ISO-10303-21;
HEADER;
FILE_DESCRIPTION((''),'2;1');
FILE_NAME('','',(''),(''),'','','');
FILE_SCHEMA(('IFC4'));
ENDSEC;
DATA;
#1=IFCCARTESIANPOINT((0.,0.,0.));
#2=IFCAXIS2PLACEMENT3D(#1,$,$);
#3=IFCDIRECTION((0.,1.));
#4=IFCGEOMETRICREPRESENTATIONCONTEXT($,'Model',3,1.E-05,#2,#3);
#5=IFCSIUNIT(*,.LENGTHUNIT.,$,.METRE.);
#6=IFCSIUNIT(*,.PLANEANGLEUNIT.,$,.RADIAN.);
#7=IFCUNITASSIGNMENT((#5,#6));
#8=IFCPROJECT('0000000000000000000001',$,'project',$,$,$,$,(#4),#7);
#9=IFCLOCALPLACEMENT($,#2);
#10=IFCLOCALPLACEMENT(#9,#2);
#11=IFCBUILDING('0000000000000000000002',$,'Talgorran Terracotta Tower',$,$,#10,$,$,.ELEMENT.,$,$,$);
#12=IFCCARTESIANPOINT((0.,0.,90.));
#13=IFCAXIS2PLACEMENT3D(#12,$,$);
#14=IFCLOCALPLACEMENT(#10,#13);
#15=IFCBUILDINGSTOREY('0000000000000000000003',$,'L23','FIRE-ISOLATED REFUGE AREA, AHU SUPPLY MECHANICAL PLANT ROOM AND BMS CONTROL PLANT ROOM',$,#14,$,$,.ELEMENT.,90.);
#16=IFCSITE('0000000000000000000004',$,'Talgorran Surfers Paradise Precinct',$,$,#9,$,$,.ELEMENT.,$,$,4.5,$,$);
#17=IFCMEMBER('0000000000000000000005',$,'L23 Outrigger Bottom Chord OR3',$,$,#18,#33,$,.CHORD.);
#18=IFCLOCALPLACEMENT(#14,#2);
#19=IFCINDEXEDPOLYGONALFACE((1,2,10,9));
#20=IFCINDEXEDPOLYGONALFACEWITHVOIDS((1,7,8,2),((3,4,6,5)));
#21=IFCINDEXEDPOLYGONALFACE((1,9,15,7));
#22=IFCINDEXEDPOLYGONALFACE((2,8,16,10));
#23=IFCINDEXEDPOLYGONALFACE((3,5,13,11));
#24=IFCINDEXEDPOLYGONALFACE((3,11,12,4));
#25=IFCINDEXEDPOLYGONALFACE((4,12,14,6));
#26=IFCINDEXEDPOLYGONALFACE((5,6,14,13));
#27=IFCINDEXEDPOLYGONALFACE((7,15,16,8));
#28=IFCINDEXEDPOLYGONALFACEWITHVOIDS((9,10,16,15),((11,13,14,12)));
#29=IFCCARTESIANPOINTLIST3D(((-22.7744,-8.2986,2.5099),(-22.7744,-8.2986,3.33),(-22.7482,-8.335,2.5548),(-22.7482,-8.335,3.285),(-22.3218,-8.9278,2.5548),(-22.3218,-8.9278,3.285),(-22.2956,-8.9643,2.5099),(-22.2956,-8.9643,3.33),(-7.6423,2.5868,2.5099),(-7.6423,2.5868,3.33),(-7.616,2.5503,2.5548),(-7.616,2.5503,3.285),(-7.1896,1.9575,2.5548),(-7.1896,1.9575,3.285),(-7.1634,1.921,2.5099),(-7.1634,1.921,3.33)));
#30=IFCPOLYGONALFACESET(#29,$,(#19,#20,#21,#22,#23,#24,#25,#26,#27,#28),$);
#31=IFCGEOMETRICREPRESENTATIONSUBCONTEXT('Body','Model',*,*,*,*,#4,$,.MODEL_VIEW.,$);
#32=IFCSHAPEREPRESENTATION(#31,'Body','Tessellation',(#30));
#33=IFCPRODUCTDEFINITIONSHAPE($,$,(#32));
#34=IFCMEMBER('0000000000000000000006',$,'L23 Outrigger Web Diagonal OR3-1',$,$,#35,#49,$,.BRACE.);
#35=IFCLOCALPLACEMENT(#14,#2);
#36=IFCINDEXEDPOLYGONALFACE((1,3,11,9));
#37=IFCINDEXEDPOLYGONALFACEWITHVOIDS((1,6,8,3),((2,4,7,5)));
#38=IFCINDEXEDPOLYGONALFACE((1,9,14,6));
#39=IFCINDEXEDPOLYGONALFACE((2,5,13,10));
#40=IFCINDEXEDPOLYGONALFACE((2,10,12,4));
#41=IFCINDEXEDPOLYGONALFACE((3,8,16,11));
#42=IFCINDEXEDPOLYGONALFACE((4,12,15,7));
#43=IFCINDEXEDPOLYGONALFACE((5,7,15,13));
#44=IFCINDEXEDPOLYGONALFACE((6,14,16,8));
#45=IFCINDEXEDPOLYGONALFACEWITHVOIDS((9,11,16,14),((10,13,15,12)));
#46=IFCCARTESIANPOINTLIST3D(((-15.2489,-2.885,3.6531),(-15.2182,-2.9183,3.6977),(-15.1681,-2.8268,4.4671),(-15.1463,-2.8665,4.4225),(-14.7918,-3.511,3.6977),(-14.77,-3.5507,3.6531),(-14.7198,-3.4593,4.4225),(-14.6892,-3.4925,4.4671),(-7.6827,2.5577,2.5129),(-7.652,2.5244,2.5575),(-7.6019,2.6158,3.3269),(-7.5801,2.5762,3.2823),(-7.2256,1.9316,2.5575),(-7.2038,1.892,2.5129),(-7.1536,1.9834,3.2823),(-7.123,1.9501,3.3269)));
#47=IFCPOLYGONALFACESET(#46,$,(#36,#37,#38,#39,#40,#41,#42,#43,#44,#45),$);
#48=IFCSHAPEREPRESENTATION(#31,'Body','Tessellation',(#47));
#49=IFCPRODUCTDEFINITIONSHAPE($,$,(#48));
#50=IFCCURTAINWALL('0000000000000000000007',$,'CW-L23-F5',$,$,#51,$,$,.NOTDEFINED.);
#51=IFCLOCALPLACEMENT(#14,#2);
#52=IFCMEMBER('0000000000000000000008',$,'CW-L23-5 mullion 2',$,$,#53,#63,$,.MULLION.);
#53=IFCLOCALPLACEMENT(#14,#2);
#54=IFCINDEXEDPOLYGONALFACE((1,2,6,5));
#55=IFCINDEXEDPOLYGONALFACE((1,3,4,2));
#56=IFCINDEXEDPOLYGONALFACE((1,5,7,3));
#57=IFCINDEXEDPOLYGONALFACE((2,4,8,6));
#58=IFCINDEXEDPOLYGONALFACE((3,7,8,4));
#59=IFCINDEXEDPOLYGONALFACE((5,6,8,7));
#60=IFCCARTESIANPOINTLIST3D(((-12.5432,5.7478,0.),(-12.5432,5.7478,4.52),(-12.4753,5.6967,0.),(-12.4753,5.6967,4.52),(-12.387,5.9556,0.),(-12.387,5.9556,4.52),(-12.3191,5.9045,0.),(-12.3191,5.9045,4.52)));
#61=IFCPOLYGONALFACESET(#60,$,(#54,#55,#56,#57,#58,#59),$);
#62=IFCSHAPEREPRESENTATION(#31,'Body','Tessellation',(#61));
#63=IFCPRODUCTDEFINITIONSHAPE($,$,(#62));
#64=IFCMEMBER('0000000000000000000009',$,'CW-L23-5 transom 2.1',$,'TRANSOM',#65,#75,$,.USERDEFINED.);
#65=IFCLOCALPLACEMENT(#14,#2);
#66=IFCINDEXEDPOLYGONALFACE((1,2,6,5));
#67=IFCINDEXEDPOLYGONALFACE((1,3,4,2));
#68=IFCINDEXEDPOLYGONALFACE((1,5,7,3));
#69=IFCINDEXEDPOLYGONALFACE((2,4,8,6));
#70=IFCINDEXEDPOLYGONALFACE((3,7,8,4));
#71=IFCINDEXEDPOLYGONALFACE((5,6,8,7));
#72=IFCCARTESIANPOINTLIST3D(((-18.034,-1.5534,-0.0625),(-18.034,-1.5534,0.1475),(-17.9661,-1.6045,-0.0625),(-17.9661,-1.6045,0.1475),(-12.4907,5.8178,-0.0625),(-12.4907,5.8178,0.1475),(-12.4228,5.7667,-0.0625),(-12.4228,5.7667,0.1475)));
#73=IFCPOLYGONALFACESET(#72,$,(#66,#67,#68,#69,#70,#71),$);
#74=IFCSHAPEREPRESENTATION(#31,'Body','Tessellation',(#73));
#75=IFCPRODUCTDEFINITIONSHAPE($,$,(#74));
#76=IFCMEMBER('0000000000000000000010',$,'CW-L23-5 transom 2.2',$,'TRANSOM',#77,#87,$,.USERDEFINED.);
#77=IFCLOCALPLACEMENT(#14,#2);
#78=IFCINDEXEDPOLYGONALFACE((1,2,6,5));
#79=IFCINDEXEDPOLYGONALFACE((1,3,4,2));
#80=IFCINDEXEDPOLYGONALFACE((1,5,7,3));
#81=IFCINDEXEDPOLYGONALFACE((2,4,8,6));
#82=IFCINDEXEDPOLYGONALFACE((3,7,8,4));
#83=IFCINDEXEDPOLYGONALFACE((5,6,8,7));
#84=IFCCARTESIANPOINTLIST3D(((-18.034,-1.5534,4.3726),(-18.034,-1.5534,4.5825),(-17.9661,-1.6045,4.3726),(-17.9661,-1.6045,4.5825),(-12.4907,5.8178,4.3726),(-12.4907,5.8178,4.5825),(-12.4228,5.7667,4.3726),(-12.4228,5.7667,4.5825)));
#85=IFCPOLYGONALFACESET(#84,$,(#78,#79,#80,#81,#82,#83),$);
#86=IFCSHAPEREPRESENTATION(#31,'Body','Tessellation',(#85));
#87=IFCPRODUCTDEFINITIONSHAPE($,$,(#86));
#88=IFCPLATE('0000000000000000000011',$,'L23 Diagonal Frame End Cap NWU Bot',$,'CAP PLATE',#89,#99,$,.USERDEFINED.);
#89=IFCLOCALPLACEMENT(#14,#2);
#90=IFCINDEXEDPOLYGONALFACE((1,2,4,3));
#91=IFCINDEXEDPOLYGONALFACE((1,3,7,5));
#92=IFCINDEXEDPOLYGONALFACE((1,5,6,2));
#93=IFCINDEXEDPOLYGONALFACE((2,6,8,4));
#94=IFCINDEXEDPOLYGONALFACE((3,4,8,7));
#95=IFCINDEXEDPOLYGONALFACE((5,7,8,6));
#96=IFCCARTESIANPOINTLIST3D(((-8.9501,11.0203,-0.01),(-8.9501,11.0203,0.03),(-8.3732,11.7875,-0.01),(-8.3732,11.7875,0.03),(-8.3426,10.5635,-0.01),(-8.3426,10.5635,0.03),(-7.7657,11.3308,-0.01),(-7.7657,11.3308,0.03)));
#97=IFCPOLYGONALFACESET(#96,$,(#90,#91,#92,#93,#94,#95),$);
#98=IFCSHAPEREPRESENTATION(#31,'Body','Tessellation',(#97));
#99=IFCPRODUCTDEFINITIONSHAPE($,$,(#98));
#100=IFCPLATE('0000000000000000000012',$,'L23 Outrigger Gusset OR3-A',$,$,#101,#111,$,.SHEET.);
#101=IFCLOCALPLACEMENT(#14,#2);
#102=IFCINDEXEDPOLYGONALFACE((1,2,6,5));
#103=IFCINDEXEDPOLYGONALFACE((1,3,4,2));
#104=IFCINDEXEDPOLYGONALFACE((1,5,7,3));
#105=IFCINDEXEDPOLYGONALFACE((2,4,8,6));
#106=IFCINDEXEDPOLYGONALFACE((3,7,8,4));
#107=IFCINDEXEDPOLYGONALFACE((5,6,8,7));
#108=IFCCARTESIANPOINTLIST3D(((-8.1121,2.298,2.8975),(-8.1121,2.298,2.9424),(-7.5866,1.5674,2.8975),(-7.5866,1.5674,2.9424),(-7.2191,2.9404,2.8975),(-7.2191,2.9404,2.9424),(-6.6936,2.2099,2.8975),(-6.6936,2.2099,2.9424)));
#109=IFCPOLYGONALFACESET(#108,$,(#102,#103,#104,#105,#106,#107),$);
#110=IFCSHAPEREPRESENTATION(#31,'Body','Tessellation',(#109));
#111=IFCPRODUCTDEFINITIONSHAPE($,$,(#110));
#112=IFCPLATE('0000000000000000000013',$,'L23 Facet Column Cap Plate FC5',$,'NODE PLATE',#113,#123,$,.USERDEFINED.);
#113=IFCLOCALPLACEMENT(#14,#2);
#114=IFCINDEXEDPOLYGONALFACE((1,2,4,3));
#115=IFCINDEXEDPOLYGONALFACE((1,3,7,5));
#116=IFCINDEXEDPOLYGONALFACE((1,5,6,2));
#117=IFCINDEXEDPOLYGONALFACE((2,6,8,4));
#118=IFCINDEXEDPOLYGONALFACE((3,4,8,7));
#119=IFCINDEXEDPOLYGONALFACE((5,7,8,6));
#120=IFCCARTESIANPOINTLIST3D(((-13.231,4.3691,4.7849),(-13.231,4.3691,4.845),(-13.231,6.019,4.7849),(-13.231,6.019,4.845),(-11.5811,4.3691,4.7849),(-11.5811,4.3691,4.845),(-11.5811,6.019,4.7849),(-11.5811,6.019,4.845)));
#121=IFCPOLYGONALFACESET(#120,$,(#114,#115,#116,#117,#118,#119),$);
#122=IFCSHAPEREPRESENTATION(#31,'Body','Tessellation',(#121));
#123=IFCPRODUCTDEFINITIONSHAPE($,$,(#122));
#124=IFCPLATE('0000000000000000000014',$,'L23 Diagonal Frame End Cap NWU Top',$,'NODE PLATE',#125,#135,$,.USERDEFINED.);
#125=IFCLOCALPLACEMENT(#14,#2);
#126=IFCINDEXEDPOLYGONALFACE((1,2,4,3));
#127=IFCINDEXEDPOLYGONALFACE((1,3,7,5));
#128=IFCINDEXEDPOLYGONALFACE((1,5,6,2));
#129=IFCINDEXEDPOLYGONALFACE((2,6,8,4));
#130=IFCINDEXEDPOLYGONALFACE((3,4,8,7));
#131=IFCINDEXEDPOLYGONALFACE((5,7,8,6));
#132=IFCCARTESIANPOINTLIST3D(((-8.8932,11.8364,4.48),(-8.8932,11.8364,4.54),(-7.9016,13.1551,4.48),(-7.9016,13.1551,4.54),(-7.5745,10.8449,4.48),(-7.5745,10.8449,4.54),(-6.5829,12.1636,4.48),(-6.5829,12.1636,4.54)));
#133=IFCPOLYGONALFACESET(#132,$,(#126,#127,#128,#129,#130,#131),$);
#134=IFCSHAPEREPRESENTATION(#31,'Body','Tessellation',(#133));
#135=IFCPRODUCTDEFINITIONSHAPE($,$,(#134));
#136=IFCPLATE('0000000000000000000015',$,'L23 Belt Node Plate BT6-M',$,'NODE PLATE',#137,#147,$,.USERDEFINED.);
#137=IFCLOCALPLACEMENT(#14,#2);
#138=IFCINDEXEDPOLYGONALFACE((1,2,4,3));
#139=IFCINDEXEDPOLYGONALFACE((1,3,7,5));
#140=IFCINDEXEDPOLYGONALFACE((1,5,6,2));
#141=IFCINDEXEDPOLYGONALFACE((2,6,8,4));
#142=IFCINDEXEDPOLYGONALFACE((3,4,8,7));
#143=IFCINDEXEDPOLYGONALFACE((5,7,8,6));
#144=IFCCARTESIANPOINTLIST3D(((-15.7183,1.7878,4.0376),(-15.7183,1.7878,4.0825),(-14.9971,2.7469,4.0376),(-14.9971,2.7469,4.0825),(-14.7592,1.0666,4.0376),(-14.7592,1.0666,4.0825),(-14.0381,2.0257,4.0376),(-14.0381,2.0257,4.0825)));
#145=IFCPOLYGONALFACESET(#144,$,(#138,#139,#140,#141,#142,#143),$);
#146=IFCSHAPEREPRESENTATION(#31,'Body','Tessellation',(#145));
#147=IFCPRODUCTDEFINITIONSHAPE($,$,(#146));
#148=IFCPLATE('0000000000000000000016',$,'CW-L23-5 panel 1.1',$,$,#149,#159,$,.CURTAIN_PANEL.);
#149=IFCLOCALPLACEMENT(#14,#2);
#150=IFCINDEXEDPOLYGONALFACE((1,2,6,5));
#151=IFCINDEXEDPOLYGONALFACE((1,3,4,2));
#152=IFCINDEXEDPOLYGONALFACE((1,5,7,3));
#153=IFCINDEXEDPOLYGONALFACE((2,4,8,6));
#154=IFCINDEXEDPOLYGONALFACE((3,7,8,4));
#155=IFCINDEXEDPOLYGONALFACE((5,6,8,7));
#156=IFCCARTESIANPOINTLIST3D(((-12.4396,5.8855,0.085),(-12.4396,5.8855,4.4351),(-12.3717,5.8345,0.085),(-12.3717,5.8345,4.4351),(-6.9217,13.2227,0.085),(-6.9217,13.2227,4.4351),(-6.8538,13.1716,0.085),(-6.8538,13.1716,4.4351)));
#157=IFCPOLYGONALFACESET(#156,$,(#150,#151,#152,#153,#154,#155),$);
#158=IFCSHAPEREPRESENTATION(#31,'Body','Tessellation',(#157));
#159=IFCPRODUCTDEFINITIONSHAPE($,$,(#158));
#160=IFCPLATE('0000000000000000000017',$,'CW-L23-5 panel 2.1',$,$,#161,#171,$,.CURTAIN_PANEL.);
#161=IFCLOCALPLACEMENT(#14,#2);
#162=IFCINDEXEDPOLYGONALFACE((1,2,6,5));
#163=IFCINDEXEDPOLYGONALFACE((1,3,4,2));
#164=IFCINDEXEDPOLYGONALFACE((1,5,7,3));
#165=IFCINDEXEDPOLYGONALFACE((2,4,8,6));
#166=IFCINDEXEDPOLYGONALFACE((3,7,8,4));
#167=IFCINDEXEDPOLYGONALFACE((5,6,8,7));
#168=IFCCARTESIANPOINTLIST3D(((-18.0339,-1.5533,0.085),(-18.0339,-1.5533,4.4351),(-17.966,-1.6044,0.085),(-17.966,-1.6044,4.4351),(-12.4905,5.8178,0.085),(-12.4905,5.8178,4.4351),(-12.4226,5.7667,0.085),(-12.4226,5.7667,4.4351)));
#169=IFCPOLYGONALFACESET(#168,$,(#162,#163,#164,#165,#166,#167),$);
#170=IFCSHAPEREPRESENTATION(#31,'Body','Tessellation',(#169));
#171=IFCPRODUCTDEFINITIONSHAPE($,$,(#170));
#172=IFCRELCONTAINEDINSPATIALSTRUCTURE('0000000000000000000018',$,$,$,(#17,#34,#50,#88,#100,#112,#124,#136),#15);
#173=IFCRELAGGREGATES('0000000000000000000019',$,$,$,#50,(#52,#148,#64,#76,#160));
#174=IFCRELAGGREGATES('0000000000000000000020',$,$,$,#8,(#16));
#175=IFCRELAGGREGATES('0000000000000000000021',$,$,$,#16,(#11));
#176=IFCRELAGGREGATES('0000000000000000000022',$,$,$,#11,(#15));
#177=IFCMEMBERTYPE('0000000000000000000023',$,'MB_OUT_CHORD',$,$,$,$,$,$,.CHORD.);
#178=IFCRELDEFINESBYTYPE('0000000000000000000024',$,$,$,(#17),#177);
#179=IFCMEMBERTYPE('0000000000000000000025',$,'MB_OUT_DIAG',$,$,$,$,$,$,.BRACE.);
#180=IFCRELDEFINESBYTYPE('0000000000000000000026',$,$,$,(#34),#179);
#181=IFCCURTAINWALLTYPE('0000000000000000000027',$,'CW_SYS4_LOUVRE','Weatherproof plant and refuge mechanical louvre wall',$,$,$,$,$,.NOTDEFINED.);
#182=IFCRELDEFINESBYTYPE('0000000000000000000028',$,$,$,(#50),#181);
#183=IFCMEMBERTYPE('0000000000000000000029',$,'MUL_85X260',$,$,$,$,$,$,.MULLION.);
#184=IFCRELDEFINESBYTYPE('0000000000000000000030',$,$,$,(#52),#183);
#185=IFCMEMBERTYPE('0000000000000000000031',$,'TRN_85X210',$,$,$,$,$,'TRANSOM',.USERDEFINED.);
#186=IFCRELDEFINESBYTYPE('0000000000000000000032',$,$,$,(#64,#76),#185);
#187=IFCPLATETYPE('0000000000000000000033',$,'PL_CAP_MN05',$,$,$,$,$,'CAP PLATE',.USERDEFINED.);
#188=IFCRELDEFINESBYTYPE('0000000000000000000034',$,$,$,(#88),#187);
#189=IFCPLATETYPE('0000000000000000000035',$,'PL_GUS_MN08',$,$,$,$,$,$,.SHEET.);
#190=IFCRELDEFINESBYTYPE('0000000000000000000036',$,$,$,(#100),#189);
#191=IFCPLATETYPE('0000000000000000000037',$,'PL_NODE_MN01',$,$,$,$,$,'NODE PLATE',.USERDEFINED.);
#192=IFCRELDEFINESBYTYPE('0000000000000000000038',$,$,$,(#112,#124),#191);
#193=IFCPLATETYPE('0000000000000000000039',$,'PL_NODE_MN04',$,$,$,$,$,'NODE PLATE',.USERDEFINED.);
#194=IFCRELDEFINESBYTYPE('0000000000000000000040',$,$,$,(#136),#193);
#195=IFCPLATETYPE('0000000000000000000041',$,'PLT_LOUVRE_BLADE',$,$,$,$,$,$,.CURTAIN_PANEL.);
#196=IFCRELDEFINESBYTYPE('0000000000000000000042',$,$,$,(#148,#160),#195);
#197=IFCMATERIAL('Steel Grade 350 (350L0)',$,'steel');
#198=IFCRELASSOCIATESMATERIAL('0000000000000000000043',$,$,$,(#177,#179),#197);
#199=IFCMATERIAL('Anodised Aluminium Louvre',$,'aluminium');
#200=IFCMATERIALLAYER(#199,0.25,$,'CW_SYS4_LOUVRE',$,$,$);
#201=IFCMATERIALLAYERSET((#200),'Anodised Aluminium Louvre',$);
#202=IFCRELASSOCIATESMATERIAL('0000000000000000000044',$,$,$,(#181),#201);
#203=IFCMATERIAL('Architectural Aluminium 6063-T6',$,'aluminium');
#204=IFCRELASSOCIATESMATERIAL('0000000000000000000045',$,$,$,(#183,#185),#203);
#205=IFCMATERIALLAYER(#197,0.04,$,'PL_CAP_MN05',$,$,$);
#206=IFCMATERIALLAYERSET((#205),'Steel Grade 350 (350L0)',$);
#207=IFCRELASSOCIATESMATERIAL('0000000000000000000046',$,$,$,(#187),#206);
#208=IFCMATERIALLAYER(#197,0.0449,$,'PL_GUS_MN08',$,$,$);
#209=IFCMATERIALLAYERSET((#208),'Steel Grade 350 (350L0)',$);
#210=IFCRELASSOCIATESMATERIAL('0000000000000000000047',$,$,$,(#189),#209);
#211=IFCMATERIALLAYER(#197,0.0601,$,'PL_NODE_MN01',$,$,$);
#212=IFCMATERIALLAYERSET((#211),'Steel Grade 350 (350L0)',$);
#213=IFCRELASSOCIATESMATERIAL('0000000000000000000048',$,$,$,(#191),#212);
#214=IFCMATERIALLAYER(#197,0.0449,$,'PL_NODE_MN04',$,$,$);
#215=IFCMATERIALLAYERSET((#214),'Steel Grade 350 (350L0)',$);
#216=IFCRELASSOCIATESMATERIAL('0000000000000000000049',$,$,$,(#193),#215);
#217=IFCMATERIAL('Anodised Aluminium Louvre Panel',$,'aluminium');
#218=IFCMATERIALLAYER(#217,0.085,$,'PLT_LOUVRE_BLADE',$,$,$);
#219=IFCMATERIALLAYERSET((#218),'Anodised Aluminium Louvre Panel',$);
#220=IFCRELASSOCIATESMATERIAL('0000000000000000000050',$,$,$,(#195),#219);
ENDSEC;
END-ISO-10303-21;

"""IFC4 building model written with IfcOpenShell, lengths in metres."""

from ifc_helpers import new_model, si_unit, direction, frame, origin, origin_2d, place, context, subcontext, project, spatial, rectangle, hollow_rectangle, extrude, source, transform, mapped, material, layer, layer_set, material_profile, profile_set, type_object, type_shapes, element, aggregate, save


model = new_model("IFC4")

# Units and contexts
model_context = context("Model", 3, precision=1e-05, world=origin(), true_north=direction((0.0, 1.0)))
body_context = subcontext(model_context, "Body", "Model", "MODEL_VIEW")
ifc_project = project(units=[si_unit("LENGTHUNIT", "METRE"), si_unit("PLANEANGLEUNIT", "RADIAN")], contexts=[model_context])

# Site, building, storey
site_placement = place(None, origin())
site = spatial("IfcSite", under=ifc_project, at=site_placement, Name="Talgorran Surfers Paradise Precinct", CompositionType="ELEMENT", RefElevation=4.5)
building_placement = place(site_placement, origin())
building = spatial("IfcBuilding", under=site, at=building_placement, Name="Talgorran Terracotta Tower", CompositionType="ELEMENT")
storey_placement = place(building_placement, frame((0.0, 0.0, 90.0)))
storey = spatial("IfcBuildingStorey", under=building, at=storey_placement, Name="L23", Description="FIRE-ISOLATED REFUGE AREA, AHU SUPPLY MECHANICAL PLANT ROOM AND BMS CONTROL PLANT ROOM", CompositionType="ELEMENT", Elevation=90.0)

# Shared definitions
ifc_material_1 = material(Name="Steel Grade 350 (350L0)", Category="steel")

# Members
ifc_material_profile_1 = material_profile(ifc_material_1, hollow_rectangle(XDim=0.8201, YDim=0.8201, WallThickness=0.0449, at=origin_2d()), Name="WBOX820X820X45")
ifc_profile_set_1 = profile_set([ifc_material_profile_1], Name="Steel Grade 350 (350L0)")
member_type_1 = type_object("IfcMemberType", Name="MB_OUT_CHORD", PredefinedType="CHORD", material=ifc_profile_set_1)
member_1_placement = place(storey_placement, frame((-7.4028, 2.2539, 2.9199), z_axis=(-0.811785, -0.583957, 0.0), x_axis=(0.583957, -0.811785, 0.0)))
element("IfcMember", 1, at=member_1_placement, inside=storey, type_object=member_type_1, Name="L23 Outrigger Bottom Chord OR3", PredefinedType="CHORD", context=body_context, shape_type="SweptSolid", body=[
    extrude(hollow_rectangle(XDim=0.8201, YDim=0.8201, WallThickness=0.0449, at=origin_2d()), origin(), (0.0, 0.0, 1.0), 18.6406),
])
ifc_material_profile_2 = material_profile(ifc_material_1, hollow_rectangle(XDim=0.8201, YDim=0.8201, WallThickness=0.0449, at=origin_2d()), Name="WBOX820X820X45")
ifc_profile_set_2 = profile_set([ifc_material_profile_2], Name="Steel Grade 350 (350L0)")
member_type_2 = type_object("IfcMemberType", Name="MB_OUT_DIAG", PredefinedType="BRACE", material=ifc_profile_set_2)
member_2_placement = place(storey_placement, frame((-7.4028, 2.2539, 2.9199), z_axis=(-0.805783, -0.57963, 0.121423), x_axis=(0.583951, -0.811789, 0.0)))
element("IfcMember", 2, at=member_2_placement, inside=storey, type_object=member_type_2, Name="L23 Outrigger Web Diagonal OR3-1", PredefinedType="BRACE", context=body_context, shape_type="SweptSolid", body=[
    extrude(hollow_rectangle(XDim=0.8201, YDim=0.8201, WallThickness=0.0449, at=origin_2d()), origin(), (0.0, 0.0, 1.0), 9.3899),
])

# Curtain wall, members
ifc_material_2 = material(Name="Anodised Aluminium Louvre", Category="aluminium")
ifc_layer_1 = layer(ifc_material_2, 0.25, Name="CW_SYS4_LOUVRE")
ifc_layer_set_1 = layer_set([ifc_layer_1], Name="Anodised Aluminium Louvre")
curtain_wall_type = type_object("IfcCurtainWallType", Name="CW_SYS4_LOUVRE", Description="Weatherproof plant and refuge mechanical louvre wall", PredefinedType="NOTDEFINED", material=ifc_layer_set_1)
curtain_wall_placement = place(storey_placement, origin())
curtain_wall = element("IfcCurtainWall", 3, at=curtain_wall_placement, inside=storey, type_object=curtain_wall_type, Name="CW-L23-F5", PredefinedType="NOTDEFINED")
ifc_material_3 = material(Name="Architectural Aluminium 6063-T6", Category="aluminium")
ifc_material_profile_3 = material_profile(ifc_material_3, rectangle(XDim=0.085, YDim=0.26, at=origin_2d()), Name="CWM85X260")
ifc_profile_set_3 = profile_set([ifc_material_profile_3], Name="Architectural Aluminium 6063-T6")
member_type_3 = type_object("IfcMemberType", Name="MUL_85X260", PredefinedType="MULLION", material=ifc_profile_set_3)
member_3_placement = place(storey_placement, frame((-12.4312, 5.8262, 0.0), z_axis=(0.0, 0.0, 1.0), x_axis=(0.799214, -0.601047, 0.0)))
member_3 = element("IfcMember", 4, at=member_3_placement, type_object=member_type_3, Name="CW-L23-5 mullion 2", PredefinedType="MULLION", context=body_context, shape_type="SweptSolid", body=[
    extrude(rectangle(XDim=0.085, YDim=0.26, at=origin_2d()), origin(), (0.0, 0.0, 1.0), 4.52),
])
ifc_material_profile_4 = material_profile(ifc_material_3, rectangle(XDim=0.085, YDim=0.21, at=origin_2d()), Name="CWT85X210")
ifc_profile_set_4 = profile_set([ifc_material_profile_4], Name="Architectural Aluminium 6063-T6")
member_type_4 = type_object("IfcMemberType", Name="TRN_85X210", ElementType="TRANSOM", PredefinedType="USERDEFINED", material=ifc_profile_set_4)
member_4_placement = place(storey_placement, frame((-12.4568, 5.7922, 0.0425), z_axis=(-0.601033, -0.799224, 0.0), x_axis=(0.799224, -0.601033, 0.0)))
member_4 = element("IfcMember", 5, at=member_4_placement, type_object=member_type_4, Name="CW-L23-5 transom 2.1", ObjectType="TRANSOM", PredefinedType="USERDEFINED", context=body_context, shape_type="SweptSolid", body=[
    extrude(rectangle(XDim=0.085, YDim=0.21, at=origin_2d()), origin(), (0.0, 0.0, 1.0), 9.2229),
])
member_5_placement = place(storey_placement, frame((-12.4568, 5.7922, 4.4775), z_axis=(-0.601033, -0.799224, 0.0), x_axis=(0.799224, -0.601033, 0.0)))
member_5 = element("IfcMember", 6, at=member_5_placement, type_object=member_type_4, Name="CW-L23-5 transom 2.2", ObjectType="TRANSOM", PredefinedType="USERDEFINED", context=body_context, shape_type="SweptSolid", body=[
    extrude(rectangle(XDim=0.085, YDim=0.21, at=origin_2d()), origin(), (0.0, 0.0, 1.0), 9.2229),
])

# Plates
ifc_layer_2 = layer(ifc_material_1, 0.04, Name="PL_CAP_MN05")
ifc_layer_set_2 = layer_set([ifc_layer_2], Name="Steel Grade 350 (350L0)")
plate_type_1 = type_object("IfcPlateType", Name="PL_CAP_MN05", ElementType="CAP PLATE", PredefinedType="USERDEFINED", material=ifc_layer_set_2)
plate_1_placement = place(storey_placement, frame((-8.3579, 11.1755, -0.01), z_axis=(0.0, 0.0, 1.0), x_axis=(0.600978, 0.799265, 0.0)))
element("IfcPlate", 7, at=plate_1_placement, inside=storey, type_object=plate_type_1, Name="L23 Diagonal Frame End Cap NWU Bot", ObjectType="CAP PLATE", PredefinedType="USERDEFINED", context=body_context, shape_type="SweptSolid", body=[
    extrude(rectangle(XDim=0.96, YDim=0.76, at=origin_2d()), origin(), (0.0, 0.0, 1.0), 0.04),
])
ifc_layer_3 = layer(ifc_material_1, 0.0449, Name="PL_GUS_MN08")
ifc_layer_set_3 = layer_set([ifc_layer_3], Name="Steel Grade 350 (350L0)")
plate_type_2 = type_object("IfcPlateType", Name="PL_GUS_MN08", PredefinedType="SHEET", material=ifc_layer_set_3)
plate_2_placement = place(storey_placement, frame((-7.4028, 2.2539, 2.8975), z_axis=(0.0, 0.0, 1.0), x_axis=(-0.811778, -0.583966, 0.0)))
element("IfcPlate", 8, at=plate_2_placement, inside=storey, type_object=plate_type_2, Name="L23 Outrigger Gusset OR3-A", PredefinedType="SHEET", context=body_context, shape_type="SweptSolid", body=[
    extrude(rectangle(XDim=1.1001, YDim=0.8999, at=origin_2d()), origin(), (0.0, 0.0, 1.0), 0.0449),
])
ifc_layer_4 = layer(ifc_material_1, 0.0601, Name="PL_NODE_MN01")
ifc_layer_set_4 = layer_set([ifc_layer_4], Name="Steel Grade 350 (350L0)")
plate_type_3 = type_object("IfcPlateType", Name="PL_NODE_MN01", ElementType="NODE PLATE", PredefinedType="USERDEFINED", material=ifc_layer_set_4)
for number, where, z_axis, x_axis, name in (
    (9, (-12.406, 5.1941, 4.7849), (0.0, 0.0, 1.0), (1.0, 0.0, 0.0), "L23 Facet Column Cap Plate FC5"),
    (10, (-7.738, 12.0, 4.48), (0.0, 0.0, 1.0), (0.600978, 0.799265, 0.0), "L23 Diagonal Frame End Cap NWU Top"),
):
    element("IfcPlate", number, at=place(storey_placement, frame(where, z_axis=z_axis, x_axis=x_axis)), inside=storey, type_object=plate_type_3, Name=name, ObjectType="NODE PLATE", PredefinedType="USERDEFINED", context=body_context, shape_type="SweptSolid", body=[
        extrude(rectangle(XDim=1.6499, YDim=1.6499, at=origin_2d()), origin(), (0.0, 0.0, 1.0), 0.0601),
    ])
ifc_layer_5 = layer(ifc_material_1, 0.0449, Name="PL_NODE_MN04")
ifc_layer_set_5 = layer_set([ifc_layer_5], Name="Steel Grade 350 (350L0)")
plate_type_4 = type_object("IfcPlateType", Name="PL_NODE_MN04", ElementType="NODE PLATE", PredefinedType="USERDEFINED", material=ifc_layer_set_5)
plate_3_placement = place(storey_placement, frame((-14.8782, 1.9067, 4.0376), z_axis=(0.0, 0.0, 1.0), x_axis=(-0.600978, -0.799265, 0.0)))
element("IfcPlate", 11, at=plate_3_placement, inside=storey, type_object=plate_type_4, Name="L23 Belt Node Plate BT6-M", ObjectType="NODE PLATE", PredefinedType="USERDEFINED", context=body_context, shape_type="SweptSolid", body=[
    extrude(rectangle(XDim=1.2, YDim=1.2, at=origin_2d()), origin(), (0.0, 0.0, 1.0), 0.0449),
])

# Plates
ifc_material_4 = material(Name="Anodised Aluminium Louvre Panel", Category="aluminium")
ifc_layer_6 = layer(ifc_material_4, 0.085, Name="PLT_LOUVRE_BLADE")
ifc_layer_set_6 = layer_set([ifc_layer_6], Name="Anodised Aluminium Louvre Panel")
plate_type_5 = type_object("IfcPlateType", Name="PLT_LOUVRE_BLADE", PredefinedType="CURTAIN_PANEL", material=ifc_layer_set_6)
shared_shape_1 = source(origin(), body_context, "Body", "SweptSolid", [
    extrude(rectangle(XDim=9.1804, YDim=0.085, at=origin_2d()), origin(), (0.0, 0.0, 1.0), 4.3501),
])
plate_4_placement = place(storey_placement, frame((-9.6467, 9.5286, 0.085), z_axis=(0.0, 0.0, 1.0), x_axis=(-0.601047, -0.799214, 0.0)))
plate_4 = element("IfcPlate", 12, at=plate_4_placement, type_object=plate_type_5, Name="CW-L23-5 panel 1.1", PredefinedType="CURTAIN_PANEL", context=body_context, shape_type="MappedRepresentation", body=[
    mapped(shared_shape_1, transform((0.0, 0.0, 0.0), scale=1.0)),
])
shared_shape_2 = source(origin(), body_context, "Body", "SweptSolid", [
    extrude(rectangle(XDim=9.2229, YDim=0.085, at=origin_2d()), origin(), (0.0, 0.0, 1.0), 4.3501),
])
type_shapes(plate_type_5, [shared_shape_1, shared_shape_2])
plate_5_placement = place(storey_placement, frame((-15.2283, 2.1067, 0.085), z_axis=(0.0, 0.0, 1.0), x_axis=(-0.601047, -0.799214, 0.0)))
plate_5 = element("IfcPlate", 13, at=plate_5_placement, type_object=plate_type_5, Name="CW-L23-5 panel 2.1", PredefinedType="CURTAIN_PANEL", context=body_context, shape_type="MappedRepresentation", body=[
    mapped(shared_shape_2, transform((0.0, 0.0, 0.0), scale=1.0)),
])
aggregate(curtain_wall, [member_3, plate_4, member_4, member_5, plate_5])

save(model, "model.ifc")
